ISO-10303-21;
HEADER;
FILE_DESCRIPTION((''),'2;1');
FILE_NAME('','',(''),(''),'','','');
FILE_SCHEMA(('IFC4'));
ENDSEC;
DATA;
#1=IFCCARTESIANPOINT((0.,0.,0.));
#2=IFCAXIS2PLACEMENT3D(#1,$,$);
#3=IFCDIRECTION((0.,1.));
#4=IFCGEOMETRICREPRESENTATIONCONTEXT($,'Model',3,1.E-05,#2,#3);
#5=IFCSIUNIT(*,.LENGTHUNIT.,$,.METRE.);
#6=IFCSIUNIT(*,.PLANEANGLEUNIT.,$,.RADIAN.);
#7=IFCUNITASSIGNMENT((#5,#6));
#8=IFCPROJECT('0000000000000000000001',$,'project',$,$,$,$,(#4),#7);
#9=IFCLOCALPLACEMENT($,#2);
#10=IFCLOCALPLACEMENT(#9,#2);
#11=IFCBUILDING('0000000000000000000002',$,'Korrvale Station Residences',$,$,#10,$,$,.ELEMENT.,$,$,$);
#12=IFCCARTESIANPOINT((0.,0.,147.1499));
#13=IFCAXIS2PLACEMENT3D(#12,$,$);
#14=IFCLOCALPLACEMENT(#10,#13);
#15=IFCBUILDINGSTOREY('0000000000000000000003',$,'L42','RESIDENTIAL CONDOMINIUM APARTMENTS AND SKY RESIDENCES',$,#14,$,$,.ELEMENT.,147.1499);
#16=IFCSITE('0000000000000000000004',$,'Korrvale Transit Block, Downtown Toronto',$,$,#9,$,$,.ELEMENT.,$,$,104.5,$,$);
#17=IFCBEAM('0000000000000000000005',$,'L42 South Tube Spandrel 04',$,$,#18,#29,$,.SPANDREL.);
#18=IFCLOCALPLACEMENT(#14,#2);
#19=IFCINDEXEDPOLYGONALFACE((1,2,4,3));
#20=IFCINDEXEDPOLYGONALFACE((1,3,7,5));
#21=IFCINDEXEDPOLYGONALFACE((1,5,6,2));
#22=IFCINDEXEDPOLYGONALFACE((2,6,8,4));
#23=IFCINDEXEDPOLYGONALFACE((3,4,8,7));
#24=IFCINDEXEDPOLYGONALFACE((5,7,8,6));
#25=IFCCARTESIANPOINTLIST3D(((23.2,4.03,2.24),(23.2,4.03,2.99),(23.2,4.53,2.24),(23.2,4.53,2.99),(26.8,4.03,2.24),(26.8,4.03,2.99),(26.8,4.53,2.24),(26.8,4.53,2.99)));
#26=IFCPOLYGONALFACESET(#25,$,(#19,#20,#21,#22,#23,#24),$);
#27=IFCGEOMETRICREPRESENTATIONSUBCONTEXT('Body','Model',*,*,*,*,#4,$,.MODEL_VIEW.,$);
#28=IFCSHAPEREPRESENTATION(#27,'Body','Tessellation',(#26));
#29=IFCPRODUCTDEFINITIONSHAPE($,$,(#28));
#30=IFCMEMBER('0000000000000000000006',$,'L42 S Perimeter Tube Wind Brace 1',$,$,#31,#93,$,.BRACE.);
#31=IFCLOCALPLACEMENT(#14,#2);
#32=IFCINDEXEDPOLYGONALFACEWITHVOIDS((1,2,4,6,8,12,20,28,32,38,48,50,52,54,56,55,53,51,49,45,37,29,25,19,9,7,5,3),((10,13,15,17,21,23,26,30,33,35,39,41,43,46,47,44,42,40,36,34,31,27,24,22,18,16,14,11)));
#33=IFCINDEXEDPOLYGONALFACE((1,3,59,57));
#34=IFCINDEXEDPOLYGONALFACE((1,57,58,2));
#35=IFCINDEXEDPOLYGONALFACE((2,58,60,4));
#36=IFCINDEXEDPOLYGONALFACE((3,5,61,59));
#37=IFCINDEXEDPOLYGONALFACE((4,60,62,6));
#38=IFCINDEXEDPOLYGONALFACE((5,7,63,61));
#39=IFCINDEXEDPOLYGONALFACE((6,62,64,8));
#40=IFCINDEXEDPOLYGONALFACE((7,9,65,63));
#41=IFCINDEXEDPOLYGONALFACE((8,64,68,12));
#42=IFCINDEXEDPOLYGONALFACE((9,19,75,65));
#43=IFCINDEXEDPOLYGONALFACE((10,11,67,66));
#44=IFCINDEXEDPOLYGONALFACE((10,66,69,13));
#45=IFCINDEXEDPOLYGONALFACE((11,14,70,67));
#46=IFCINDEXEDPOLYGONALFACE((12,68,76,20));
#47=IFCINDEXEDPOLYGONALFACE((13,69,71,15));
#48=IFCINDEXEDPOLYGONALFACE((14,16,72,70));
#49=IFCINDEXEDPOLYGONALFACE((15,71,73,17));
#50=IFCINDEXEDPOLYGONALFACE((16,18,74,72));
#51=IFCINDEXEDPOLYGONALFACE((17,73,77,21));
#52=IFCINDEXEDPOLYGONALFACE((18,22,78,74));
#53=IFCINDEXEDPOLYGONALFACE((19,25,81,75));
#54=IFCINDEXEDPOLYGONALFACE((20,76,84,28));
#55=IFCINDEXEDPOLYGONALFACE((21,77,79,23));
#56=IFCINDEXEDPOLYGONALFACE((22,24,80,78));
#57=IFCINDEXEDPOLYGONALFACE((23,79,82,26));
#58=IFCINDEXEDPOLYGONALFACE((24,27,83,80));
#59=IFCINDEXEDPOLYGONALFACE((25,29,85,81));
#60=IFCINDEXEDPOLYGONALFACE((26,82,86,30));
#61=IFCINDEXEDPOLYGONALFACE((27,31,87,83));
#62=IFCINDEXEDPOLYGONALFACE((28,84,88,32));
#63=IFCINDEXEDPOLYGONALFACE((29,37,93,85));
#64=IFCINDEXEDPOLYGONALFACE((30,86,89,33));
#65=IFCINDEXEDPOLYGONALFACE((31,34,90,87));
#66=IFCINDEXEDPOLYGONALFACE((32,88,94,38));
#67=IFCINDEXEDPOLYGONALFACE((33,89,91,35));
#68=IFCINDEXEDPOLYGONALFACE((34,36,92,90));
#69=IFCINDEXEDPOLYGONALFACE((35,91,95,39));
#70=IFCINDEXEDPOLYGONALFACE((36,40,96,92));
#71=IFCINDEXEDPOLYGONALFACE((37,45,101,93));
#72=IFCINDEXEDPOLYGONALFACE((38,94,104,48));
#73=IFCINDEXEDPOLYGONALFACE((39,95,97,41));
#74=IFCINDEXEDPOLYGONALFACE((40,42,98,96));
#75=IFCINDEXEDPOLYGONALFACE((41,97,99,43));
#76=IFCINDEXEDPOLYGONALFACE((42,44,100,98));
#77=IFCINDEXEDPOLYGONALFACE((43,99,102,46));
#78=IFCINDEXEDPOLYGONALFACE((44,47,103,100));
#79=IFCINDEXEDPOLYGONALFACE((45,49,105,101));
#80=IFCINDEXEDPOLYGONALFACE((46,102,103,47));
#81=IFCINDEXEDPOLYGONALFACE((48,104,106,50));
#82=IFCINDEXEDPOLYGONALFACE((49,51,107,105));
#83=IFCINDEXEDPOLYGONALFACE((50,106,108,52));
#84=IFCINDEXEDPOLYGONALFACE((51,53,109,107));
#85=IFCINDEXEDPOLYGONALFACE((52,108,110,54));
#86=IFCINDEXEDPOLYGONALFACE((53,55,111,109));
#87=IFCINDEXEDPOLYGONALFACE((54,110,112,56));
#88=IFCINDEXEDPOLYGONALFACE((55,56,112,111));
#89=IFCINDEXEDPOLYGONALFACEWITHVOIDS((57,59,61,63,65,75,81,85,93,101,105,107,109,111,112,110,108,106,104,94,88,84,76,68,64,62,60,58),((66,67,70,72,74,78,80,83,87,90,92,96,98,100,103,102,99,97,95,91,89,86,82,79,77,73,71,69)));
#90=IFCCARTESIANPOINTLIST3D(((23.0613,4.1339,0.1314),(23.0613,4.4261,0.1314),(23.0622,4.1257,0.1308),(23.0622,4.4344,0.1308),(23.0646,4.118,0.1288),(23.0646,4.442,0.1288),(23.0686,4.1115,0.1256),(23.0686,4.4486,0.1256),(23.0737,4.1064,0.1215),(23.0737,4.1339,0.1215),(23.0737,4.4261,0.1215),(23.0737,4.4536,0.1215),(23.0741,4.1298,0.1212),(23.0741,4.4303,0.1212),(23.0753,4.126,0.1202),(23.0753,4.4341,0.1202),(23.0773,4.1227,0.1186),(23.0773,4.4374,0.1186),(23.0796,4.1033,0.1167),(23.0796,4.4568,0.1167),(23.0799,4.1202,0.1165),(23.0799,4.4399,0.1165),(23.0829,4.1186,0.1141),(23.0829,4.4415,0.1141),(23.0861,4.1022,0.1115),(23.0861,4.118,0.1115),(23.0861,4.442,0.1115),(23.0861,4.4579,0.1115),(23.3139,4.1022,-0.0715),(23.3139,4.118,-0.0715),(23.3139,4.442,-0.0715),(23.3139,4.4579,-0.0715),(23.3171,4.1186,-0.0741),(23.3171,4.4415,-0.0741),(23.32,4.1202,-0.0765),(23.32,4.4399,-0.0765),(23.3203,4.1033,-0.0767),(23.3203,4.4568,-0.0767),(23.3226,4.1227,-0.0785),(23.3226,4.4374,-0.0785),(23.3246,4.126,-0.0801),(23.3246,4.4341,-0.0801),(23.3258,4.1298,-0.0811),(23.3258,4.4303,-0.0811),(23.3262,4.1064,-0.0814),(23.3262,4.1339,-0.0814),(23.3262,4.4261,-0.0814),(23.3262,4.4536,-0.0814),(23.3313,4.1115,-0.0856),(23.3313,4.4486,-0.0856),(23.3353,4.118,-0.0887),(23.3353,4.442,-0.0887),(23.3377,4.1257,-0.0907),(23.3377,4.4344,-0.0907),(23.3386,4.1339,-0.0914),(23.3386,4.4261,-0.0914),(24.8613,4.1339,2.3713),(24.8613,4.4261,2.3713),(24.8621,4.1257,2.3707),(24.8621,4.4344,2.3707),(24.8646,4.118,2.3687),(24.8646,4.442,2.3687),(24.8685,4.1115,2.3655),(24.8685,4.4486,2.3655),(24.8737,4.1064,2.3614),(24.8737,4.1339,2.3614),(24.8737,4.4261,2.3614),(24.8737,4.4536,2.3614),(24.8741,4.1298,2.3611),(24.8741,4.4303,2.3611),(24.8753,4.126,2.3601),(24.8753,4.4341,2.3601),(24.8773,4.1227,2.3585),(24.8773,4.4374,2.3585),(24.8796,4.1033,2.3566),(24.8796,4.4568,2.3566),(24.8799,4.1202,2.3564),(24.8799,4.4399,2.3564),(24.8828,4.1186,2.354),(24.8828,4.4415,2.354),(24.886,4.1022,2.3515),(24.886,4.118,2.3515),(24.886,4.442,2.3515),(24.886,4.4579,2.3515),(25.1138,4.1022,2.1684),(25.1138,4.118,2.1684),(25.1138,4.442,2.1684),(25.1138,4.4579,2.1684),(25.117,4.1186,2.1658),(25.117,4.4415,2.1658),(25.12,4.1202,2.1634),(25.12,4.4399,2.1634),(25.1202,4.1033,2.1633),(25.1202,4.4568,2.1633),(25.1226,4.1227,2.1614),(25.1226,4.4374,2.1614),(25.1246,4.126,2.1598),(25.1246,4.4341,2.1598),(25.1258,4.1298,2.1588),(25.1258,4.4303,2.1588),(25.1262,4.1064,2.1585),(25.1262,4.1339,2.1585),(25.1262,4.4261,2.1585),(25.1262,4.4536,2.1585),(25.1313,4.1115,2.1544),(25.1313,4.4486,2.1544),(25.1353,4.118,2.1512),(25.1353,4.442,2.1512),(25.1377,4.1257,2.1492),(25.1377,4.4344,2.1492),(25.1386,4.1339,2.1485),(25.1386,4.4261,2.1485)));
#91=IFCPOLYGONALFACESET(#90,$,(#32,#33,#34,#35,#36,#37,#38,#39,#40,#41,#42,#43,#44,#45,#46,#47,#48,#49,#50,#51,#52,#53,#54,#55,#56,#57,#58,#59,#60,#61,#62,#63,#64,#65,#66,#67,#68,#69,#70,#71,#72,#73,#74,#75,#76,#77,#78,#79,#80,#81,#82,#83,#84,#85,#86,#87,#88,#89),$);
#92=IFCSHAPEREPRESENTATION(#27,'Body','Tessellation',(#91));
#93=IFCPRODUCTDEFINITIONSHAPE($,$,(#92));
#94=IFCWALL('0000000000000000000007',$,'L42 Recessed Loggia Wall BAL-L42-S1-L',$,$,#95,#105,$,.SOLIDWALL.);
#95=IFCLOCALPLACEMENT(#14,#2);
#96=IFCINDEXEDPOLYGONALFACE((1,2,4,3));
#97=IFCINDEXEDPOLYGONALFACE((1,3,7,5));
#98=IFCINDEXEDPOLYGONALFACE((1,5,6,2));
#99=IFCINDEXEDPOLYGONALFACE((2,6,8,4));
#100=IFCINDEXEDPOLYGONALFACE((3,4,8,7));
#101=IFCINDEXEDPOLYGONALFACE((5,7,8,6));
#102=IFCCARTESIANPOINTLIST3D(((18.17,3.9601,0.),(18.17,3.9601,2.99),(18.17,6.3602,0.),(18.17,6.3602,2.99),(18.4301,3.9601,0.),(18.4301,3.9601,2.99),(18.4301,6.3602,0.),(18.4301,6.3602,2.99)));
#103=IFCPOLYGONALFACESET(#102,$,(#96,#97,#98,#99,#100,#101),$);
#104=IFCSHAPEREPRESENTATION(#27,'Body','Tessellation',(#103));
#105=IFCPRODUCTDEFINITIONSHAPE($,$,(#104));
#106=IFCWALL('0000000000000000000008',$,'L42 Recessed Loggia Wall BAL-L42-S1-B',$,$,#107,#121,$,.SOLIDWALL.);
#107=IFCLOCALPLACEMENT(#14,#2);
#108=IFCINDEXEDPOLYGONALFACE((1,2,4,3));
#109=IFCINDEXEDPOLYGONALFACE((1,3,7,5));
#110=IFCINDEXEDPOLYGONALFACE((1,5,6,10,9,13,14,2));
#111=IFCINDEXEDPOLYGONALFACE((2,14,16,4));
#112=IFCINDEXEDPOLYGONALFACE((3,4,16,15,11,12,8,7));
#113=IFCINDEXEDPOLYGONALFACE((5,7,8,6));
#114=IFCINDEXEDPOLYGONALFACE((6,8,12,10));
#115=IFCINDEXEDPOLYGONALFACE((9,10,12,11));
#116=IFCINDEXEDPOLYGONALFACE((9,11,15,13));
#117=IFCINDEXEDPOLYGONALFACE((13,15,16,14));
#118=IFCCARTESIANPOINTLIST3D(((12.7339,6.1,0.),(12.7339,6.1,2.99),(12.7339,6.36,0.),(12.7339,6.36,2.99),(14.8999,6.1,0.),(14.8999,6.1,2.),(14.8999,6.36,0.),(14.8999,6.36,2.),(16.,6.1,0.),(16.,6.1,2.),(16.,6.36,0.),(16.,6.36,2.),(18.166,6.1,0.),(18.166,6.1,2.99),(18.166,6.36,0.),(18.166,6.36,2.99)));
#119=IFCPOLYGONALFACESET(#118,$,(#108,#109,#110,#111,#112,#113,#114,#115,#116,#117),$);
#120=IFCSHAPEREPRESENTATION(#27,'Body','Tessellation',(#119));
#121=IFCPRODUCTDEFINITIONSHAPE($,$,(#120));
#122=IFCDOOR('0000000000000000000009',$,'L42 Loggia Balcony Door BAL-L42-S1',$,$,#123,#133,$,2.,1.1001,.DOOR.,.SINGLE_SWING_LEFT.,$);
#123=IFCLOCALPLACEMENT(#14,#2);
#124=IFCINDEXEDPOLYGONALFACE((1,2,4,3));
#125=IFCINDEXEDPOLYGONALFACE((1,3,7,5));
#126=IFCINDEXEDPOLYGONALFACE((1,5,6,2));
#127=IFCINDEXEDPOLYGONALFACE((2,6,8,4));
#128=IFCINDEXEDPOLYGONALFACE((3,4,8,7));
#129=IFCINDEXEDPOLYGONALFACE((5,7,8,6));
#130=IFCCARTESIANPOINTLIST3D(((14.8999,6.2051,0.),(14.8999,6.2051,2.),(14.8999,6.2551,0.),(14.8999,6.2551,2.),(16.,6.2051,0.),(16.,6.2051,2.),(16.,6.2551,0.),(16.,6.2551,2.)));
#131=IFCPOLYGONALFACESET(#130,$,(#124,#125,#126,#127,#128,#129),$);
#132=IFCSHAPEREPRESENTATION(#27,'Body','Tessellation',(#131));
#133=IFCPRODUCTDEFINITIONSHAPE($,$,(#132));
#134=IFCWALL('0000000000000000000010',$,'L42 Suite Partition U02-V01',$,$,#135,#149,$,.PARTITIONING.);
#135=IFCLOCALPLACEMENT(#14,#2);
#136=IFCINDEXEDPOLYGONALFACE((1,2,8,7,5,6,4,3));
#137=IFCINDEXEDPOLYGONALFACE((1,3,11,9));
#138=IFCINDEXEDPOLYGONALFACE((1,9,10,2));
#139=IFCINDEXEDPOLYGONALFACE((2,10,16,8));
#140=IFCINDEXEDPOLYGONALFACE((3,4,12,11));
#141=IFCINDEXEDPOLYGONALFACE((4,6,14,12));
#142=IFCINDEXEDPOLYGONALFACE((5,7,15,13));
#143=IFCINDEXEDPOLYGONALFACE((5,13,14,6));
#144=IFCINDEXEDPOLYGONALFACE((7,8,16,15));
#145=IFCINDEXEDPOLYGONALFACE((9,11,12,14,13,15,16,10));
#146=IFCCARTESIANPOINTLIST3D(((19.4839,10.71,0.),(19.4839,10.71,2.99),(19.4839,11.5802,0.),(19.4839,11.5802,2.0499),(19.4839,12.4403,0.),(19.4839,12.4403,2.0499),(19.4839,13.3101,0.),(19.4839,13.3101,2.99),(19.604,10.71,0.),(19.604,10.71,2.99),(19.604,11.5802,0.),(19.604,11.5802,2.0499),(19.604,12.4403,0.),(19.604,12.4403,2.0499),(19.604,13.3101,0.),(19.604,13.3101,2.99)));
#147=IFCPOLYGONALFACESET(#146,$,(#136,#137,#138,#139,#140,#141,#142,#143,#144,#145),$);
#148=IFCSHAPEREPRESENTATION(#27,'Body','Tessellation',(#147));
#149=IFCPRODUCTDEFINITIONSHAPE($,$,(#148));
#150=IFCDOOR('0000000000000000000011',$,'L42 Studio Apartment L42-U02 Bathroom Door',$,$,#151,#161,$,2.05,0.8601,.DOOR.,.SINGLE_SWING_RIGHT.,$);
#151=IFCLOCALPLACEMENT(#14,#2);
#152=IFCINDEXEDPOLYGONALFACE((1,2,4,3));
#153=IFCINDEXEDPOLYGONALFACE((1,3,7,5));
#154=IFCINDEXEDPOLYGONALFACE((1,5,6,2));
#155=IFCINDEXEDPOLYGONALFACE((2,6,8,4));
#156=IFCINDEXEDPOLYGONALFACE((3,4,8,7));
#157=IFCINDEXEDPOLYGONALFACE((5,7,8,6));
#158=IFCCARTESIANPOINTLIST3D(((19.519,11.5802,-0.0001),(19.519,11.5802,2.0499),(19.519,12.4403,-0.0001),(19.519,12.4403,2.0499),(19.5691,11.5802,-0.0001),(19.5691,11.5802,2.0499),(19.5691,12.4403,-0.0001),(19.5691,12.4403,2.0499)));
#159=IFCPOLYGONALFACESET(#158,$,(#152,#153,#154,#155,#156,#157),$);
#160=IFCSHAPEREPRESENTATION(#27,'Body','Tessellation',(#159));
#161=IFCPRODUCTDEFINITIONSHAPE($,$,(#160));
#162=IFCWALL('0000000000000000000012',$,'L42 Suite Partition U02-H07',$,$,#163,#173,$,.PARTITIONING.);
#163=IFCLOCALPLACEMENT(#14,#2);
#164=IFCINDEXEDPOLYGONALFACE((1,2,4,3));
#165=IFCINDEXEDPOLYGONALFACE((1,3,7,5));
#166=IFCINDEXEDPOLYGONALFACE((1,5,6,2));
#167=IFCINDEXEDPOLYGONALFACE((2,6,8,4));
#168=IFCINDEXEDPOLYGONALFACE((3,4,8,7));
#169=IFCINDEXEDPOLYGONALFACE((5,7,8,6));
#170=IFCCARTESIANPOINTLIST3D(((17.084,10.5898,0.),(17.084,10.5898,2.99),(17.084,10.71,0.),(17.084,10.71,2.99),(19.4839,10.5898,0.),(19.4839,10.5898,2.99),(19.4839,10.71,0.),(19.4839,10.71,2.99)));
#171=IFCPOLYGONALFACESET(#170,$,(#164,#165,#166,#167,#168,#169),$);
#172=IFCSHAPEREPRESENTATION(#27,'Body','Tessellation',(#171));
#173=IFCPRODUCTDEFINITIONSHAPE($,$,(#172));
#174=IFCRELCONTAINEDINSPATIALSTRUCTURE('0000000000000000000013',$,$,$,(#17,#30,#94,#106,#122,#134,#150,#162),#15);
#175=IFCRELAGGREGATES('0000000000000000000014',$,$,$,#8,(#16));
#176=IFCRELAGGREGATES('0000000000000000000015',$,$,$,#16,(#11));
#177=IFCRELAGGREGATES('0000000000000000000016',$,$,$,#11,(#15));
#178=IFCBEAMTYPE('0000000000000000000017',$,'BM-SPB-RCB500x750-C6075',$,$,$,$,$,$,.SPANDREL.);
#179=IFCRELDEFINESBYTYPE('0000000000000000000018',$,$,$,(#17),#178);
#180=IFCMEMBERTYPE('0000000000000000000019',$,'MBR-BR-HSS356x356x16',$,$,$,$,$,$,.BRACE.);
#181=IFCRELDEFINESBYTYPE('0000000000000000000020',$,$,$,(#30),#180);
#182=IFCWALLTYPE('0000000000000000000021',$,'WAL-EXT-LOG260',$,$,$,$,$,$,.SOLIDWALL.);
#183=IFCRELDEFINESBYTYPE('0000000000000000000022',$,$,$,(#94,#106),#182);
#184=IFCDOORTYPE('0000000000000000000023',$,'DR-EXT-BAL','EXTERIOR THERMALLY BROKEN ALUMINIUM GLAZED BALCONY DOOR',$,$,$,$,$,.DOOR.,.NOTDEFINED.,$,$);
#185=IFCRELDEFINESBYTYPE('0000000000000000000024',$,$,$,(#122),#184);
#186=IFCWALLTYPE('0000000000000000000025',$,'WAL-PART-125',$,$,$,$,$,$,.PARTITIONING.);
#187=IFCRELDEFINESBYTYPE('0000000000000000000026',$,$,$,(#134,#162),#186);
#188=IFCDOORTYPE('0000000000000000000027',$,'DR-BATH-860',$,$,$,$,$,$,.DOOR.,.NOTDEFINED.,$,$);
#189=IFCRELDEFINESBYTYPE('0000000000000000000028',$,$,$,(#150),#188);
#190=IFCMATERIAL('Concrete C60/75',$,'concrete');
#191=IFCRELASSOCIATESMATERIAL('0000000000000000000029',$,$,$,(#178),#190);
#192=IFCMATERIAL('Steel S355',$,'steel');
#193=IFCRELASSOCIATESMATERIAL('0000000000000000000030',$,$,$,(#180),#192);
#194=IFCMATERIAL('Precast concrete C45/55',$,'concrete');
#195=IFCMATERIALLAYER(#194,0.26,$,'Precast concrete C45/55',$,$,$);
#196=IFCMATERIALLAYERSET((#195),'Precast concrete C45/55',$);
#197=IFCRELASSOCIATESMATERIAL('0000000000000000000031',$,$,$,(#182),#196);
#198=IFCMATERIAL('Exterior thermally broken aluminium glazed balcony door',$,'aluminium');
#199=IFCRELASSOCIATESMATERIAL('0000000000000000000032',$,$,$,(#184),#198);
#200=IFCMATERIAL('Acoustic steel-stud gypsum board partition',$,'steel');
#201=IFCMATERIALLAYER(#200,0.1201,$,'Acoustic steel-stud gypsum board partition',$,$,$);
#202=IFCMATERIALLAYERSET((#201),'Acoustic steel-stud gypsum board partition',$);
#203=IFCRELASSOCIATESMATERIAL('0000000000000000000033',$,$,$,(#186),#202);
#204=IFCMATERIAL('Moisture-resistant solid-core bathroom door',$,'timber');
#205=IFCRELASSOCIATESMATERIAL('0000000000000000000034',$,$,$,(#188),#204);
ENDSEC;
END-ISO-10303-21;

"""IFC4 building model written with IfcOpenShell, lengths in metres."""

from ifc_helpers import new_model, si_unit, direction, frame, frame_2d, origin, origin_2d, place, context, subcontext, project, spatial, rectangle, hollow_rectangle, extrude, material, layer, layer_set, material_profile, profile_set, type_object, element, fill, save


model = new_model("IFC4")

# Units and contexts
model_context = context("Model", 3, precision=1e-05, world=origin(), true_north=direction((0.0, 1.0)))
body_context = subcontext(model_context, "Body", "Model", "MODEL_VIEW")
ifc_project = project(units=[si_unit("LENGTHUNIT", "METRE"), si_unit("PLANEANGLEUNIT", "RADIAN")], contexts=[model_context])

# Site, building, storey
site_placement = place(None, origin())
site = spatial("IfcSite", under=ifc_project, at=site_placement, Name="Korrvale Transit Block, Downtown Toronto", CompositionType="ELEMENT", RefElevation=104.5)
building_placement = place(site_placement, origin())
building = spatial("IfcBuilding", under=site, at=building_placement, Name="Korrvale Station Residences", CompositionType="ELEMENT")
storey_placement = place(building_placement, frame((0.0, 0.0, 147.1499)))
storey = spatial("IfcBuildingStorey", under=building, at=storey_placement, Name="L42", Description="RESIDENTIAL CONDOMINIUM APARTMENTS AND SKY RESIDENCES", CompositionType="ELEMENT", Elevation=147.1499)

# Shared definitions
ifc_material_1 = material(Name="Concrete C60/75", Category="concrete")

# Beam
ifc_material_2 = material(Name="Steel S355", Category="steel")
ifc_material_profile_1 = material_profile(ifc_material_1, rectangle(XDim=0.5, YDim=0.75, at=origin_2d()), Name="RCB500x750")
ifc_profile_set_1 = profile_set([ifc_material_profile_1], Name="Concrete C60/75")
beam_type_1 = type_object("IfcBeamType", Name="BM-SPB-RCB500x750-C6075", PredefinedType="SPANDREL", material=ifc_profile_set_1)
beam_1_placement = place(storey_placement, frame((23.2, 4.28, 2.615), z_axis=(1.0, 0.0, 0.0), x_axis=(0.0, 1.0, 0.0)))
element("IfcBeam", 1, at=beam_1_placement, inside=storey, type_object=beam_type_1, Name="L42 South Tube Spandrel 04", PredefinedType="SPANDREL", context=body_context, shape_type="SweptSolid", body=[
    extrude(rectangle(XDim=0.5, YDim=0.75, at=origin_2d()), origin(), (0.0, 0.0, 1.0), 3.6001),
])

# Member
ifc_material_profile_2 = material_profile(ifc_material_2, hollow_rectangle(XDim=0.3557, YDim=0.3557, WallThickness=0.0159, InnerFilletRadius=0.0159, OuterFilletRadius=0.0317, at=origin_2d()), Name="HSS356x356x16")
ifc_profile_set_2 = profile_set([ifc_material_profile_2], Name="Steel S355")
member_type = type_object("IfcMemberType", Name="MBR-BR-HSS356x356x16", PredefinedType="BRACE", material=ifc_profile_set_2)
member_placement = place(storey_placement, frame((23.2, 4.28, 0.02), z_axis=(0.626403, 0.0, 0.779499), x_axis=(0.0, 1.0, 0.0)))
element("IfcMember", 2, at=member_placement, inside=storey, type_object=member_type, Name="L42 S Perimeter Tube Wind Brace 1", PredefinedType="BRACE", context=body_context, shape_type="SweptSolid", body=[
    extrude(hollow_rectangle(XDim=0.3557, YDim=0.3557, WallThickness=0.0159, InnerFilletRadius=0.0159, OuterFilletRadius=0.0317, at=origin_2d()), origin(), (0.0, 0.0, 1.0), 2.8735),
])

# Wall
ifc_material_3 = material(Name="Precast concrete C45/55", Category="concrete")
ifc_layer_1 = layer(ifc_material_3, 0.26, Name="Precast concrete C45/55")
ifc_layer_set_1 = layer_set([ifc_layer_1], Name="Precast concrete C45/55")
wall_type_1 = type_object("IfcWallType", Name="WAL-EXT-LOG260", PredefinedType="SOLIDWALL", material=ifc_layer_set_1)
wall_1_placement = place(storey_placement, frame((18.3, 3.96, 0.0), z_axis=(0.0, 0.0, 1.0), x_axis=(0.0, 1.0, 0.0)))
element("IfcWall", 3, at=wall_1_placement, inside=storey, type_object=wall_type_1, Name="L42 Recessed Loggia Wall BAL-L42-S1-L", PredefinedType="SOLIDWALL", context=body_context, shape_type="SweptSolid", body=[
    extrude(rectangle(XDim=2.4001, YDim=0.26, at=frame_2d((1.2002, 0.0))), origin(), (0.0, 0.0, 1.0), 2.99),
])

# Walls, openings, doors
wall_2_placement = place(storey_placement, frame((18.166, 6.23, 0.0), z_axis=(0.0, 0.0, 1.0), x_axis=(-1.0, 0.0, 0.0)))
wall_2 = element("IfcWall", 4, at=wall_2_placement, inside=storey, type_object=wall_type_1, Name="L42 Recessed Loggia Wall BAL-L42-S1-B", PredefinedType="SOLIDWALL", context=body_context, shape_type="SweptSolid", body=[
    extrude(rectangle(XDim=5.4321, YDim=0.26, at=frame_2d((2.7161, 0.0))), origin(), (0.0, 0.0, 1.0), 2.99),
])
opening_1_placement = place(wall_2_placement, frame((2.166, 0.0, 0.0)))
opening_1 = element("IfcOpeningElement", 5, at=opening_1_placement, cuts=wall_2, PredefinedType="OPENING", context=body_context, shape_type="SweptSolid", body=[
    extrude(rectangle(XDim=1.1001, YDim=2.0, at=frame_2d((0.55, 1.0))), frame((0.0, 0.1401, 0.0), z_axis=(0.0, -1.0, 0.0), x_axis=(1.0, 0.0, 0.0)), (0.0, 0.0, 1.0), 0.28),
])
ifc_material_4 = material(Name="Exterior thermally broken aluminium glazed balcony door", Category="aluminium")
door_type_1 = type_object("IfcDoorType", Name="DR-EXT-BAL", Description="EXTERIOR THERMALLY BROKEN ALUMINIUM GLAZED BALCONY DOOR", OperationType="NOTDEFINED", PredefinedType="DOOR", material=ifc_material_4)
door_1_placement = place(opening_1_placement, origin())
door_1 = element("IfcDoor", 6, at=door_1_placement, inside=storey, type_object=door_type_1, Name="L42 Loggia Balcony Door BAL-L42-S1", OperationType="SINGLE_SWING_LEFT", OverallHeight=2.0, OverallWidth=1.1001, PredefinedType="DOOR", context=body_context, shape_type="SweptSolid", body=[
    extrude(rectangle(XDim=1.1001, YDim=2.0, at=frame_2d((0.55, 1.0))), frame((0.0, 0.0249, 0.0), z_axis=(0.0, -1.0, 0.0), x_axis=(1.0, 0.0, 0.0)), (0.0, 0.0, 1.0), 0.05),
])
fill(opening_1, door_1)
ifc_material_5 = material(Name="Acoustic steel-stud gypsum board partition", Category="steel")
ifc_layer_2 = layer(ifc_material_5, 0.1201, Name="Acoustic steel-stud gypsum board partition")
ifc_layer_set_2 = layer_set([ifc_layer_2], Name="Acoustic steel-stud gypsum board partition")
wall_type_2 = type_object("IfcWallType", Name="WAL-PART-125", PredefinedType="PARTITIONING", material=ifc_layer_set_2)
wall_3_placement = place(storey_placement, frame((19.5439, 10.71, 0.0), z_axis=(0.0, 0.0, 1.0), x_axis=(0.0, 1.0, 0.0)))
wall_3 = element("IfcWall", 7, at=wall_3_placement, inside=storey, type_object=wall_type_2, Name="L42 Suite Partition U02-V01", PredefinedType="PARTITIONING", context=body_context, shape_type="SweptSolid", body=[
    extrude(rectangle(XDim=2.6001, YDim=0.1201, at=frame_2d((1.3, 0.0))), origin(), (0.0, 0.0, 1.0), 2.99),
])
opening_2_placement = place(wall_3_placement, frame((0.8701, 0.0, 0.0)))
opening_2 = element("IfcOpeningElement", 8, at=opening_2_placement, cuts=wall_3, PredefinedType="OPENING", context=body_context, shape_type="SweptSolid", body=[
    extrude(rectangle(XDim=0.8601, YDim=2.05, at=frame_2d((0.4302, 1.0249))), frame((0.0, 0.0701, 0.0), z_axis=(0.0, -1.0, 0.0), x_axis=(1.0, 0.0, 0.0)), (0.0, 0.0, 1.0), 0.1401),
])
ifc_material_6 = material(Name="Moisture-resistant solid-core bathroom door", Category="timber")
door_type_2 = type_object("IfcDoorType", Name="DR-BATH-860", OperationType="NOTDEFINED", PredefinedType="DOOR", material=ifc_material_6)
door_2_placement = place(opening_2_placement, origin())
door_2 = element("IfcDoor", 9, at=door_2_placement, inside=storey, type_object=door_type_2, Name="L42 Studio Apartment L42-U02 Bathroom Door", OperationType="SINGLE_SWING_RIGHT", OverallHeight=2.05, OverallWidth=0.8601, PredefinedType="DOOR", context=body_context, shape_type="SweptSolid", body=[
    extrude(rectangle(XDim=0.8601, YDim=2.05, at=frame_2d((0.4302, 1.0249))), frame((0.0, 0.0249, 0.0), z_axis=(0.0, -1.0, 0.0), x_axis=(1.0, 0.0, 0.0)), (0.0, 0.0, 1.0), 0.05),
])
fill(opening_2, door_2)

# Wall
wall_4_placement = place(storey_placement, frame((17.084, 10.6499, 0.0), z_axis=(0.0, 0.0, 1.0), x_axis=(1.0, 0.0, 0.0)))
element("IfcWall", 10, at=wall_4_placement, inside=storey, type_object=wall_type_2, Name="L42 Suite Partition U02-H07", PredefinedType="PARTITIONING", context=body_context, shape_type="SweptSolid", body=[
    extrude(rectangle(XDim=2.3999, YDim=0.1201, at=frame_2d((1.2, 0.0))), origin(), (0.0, 0.0, 1.0), 2.99),
])

save(model, "model.ifc")
